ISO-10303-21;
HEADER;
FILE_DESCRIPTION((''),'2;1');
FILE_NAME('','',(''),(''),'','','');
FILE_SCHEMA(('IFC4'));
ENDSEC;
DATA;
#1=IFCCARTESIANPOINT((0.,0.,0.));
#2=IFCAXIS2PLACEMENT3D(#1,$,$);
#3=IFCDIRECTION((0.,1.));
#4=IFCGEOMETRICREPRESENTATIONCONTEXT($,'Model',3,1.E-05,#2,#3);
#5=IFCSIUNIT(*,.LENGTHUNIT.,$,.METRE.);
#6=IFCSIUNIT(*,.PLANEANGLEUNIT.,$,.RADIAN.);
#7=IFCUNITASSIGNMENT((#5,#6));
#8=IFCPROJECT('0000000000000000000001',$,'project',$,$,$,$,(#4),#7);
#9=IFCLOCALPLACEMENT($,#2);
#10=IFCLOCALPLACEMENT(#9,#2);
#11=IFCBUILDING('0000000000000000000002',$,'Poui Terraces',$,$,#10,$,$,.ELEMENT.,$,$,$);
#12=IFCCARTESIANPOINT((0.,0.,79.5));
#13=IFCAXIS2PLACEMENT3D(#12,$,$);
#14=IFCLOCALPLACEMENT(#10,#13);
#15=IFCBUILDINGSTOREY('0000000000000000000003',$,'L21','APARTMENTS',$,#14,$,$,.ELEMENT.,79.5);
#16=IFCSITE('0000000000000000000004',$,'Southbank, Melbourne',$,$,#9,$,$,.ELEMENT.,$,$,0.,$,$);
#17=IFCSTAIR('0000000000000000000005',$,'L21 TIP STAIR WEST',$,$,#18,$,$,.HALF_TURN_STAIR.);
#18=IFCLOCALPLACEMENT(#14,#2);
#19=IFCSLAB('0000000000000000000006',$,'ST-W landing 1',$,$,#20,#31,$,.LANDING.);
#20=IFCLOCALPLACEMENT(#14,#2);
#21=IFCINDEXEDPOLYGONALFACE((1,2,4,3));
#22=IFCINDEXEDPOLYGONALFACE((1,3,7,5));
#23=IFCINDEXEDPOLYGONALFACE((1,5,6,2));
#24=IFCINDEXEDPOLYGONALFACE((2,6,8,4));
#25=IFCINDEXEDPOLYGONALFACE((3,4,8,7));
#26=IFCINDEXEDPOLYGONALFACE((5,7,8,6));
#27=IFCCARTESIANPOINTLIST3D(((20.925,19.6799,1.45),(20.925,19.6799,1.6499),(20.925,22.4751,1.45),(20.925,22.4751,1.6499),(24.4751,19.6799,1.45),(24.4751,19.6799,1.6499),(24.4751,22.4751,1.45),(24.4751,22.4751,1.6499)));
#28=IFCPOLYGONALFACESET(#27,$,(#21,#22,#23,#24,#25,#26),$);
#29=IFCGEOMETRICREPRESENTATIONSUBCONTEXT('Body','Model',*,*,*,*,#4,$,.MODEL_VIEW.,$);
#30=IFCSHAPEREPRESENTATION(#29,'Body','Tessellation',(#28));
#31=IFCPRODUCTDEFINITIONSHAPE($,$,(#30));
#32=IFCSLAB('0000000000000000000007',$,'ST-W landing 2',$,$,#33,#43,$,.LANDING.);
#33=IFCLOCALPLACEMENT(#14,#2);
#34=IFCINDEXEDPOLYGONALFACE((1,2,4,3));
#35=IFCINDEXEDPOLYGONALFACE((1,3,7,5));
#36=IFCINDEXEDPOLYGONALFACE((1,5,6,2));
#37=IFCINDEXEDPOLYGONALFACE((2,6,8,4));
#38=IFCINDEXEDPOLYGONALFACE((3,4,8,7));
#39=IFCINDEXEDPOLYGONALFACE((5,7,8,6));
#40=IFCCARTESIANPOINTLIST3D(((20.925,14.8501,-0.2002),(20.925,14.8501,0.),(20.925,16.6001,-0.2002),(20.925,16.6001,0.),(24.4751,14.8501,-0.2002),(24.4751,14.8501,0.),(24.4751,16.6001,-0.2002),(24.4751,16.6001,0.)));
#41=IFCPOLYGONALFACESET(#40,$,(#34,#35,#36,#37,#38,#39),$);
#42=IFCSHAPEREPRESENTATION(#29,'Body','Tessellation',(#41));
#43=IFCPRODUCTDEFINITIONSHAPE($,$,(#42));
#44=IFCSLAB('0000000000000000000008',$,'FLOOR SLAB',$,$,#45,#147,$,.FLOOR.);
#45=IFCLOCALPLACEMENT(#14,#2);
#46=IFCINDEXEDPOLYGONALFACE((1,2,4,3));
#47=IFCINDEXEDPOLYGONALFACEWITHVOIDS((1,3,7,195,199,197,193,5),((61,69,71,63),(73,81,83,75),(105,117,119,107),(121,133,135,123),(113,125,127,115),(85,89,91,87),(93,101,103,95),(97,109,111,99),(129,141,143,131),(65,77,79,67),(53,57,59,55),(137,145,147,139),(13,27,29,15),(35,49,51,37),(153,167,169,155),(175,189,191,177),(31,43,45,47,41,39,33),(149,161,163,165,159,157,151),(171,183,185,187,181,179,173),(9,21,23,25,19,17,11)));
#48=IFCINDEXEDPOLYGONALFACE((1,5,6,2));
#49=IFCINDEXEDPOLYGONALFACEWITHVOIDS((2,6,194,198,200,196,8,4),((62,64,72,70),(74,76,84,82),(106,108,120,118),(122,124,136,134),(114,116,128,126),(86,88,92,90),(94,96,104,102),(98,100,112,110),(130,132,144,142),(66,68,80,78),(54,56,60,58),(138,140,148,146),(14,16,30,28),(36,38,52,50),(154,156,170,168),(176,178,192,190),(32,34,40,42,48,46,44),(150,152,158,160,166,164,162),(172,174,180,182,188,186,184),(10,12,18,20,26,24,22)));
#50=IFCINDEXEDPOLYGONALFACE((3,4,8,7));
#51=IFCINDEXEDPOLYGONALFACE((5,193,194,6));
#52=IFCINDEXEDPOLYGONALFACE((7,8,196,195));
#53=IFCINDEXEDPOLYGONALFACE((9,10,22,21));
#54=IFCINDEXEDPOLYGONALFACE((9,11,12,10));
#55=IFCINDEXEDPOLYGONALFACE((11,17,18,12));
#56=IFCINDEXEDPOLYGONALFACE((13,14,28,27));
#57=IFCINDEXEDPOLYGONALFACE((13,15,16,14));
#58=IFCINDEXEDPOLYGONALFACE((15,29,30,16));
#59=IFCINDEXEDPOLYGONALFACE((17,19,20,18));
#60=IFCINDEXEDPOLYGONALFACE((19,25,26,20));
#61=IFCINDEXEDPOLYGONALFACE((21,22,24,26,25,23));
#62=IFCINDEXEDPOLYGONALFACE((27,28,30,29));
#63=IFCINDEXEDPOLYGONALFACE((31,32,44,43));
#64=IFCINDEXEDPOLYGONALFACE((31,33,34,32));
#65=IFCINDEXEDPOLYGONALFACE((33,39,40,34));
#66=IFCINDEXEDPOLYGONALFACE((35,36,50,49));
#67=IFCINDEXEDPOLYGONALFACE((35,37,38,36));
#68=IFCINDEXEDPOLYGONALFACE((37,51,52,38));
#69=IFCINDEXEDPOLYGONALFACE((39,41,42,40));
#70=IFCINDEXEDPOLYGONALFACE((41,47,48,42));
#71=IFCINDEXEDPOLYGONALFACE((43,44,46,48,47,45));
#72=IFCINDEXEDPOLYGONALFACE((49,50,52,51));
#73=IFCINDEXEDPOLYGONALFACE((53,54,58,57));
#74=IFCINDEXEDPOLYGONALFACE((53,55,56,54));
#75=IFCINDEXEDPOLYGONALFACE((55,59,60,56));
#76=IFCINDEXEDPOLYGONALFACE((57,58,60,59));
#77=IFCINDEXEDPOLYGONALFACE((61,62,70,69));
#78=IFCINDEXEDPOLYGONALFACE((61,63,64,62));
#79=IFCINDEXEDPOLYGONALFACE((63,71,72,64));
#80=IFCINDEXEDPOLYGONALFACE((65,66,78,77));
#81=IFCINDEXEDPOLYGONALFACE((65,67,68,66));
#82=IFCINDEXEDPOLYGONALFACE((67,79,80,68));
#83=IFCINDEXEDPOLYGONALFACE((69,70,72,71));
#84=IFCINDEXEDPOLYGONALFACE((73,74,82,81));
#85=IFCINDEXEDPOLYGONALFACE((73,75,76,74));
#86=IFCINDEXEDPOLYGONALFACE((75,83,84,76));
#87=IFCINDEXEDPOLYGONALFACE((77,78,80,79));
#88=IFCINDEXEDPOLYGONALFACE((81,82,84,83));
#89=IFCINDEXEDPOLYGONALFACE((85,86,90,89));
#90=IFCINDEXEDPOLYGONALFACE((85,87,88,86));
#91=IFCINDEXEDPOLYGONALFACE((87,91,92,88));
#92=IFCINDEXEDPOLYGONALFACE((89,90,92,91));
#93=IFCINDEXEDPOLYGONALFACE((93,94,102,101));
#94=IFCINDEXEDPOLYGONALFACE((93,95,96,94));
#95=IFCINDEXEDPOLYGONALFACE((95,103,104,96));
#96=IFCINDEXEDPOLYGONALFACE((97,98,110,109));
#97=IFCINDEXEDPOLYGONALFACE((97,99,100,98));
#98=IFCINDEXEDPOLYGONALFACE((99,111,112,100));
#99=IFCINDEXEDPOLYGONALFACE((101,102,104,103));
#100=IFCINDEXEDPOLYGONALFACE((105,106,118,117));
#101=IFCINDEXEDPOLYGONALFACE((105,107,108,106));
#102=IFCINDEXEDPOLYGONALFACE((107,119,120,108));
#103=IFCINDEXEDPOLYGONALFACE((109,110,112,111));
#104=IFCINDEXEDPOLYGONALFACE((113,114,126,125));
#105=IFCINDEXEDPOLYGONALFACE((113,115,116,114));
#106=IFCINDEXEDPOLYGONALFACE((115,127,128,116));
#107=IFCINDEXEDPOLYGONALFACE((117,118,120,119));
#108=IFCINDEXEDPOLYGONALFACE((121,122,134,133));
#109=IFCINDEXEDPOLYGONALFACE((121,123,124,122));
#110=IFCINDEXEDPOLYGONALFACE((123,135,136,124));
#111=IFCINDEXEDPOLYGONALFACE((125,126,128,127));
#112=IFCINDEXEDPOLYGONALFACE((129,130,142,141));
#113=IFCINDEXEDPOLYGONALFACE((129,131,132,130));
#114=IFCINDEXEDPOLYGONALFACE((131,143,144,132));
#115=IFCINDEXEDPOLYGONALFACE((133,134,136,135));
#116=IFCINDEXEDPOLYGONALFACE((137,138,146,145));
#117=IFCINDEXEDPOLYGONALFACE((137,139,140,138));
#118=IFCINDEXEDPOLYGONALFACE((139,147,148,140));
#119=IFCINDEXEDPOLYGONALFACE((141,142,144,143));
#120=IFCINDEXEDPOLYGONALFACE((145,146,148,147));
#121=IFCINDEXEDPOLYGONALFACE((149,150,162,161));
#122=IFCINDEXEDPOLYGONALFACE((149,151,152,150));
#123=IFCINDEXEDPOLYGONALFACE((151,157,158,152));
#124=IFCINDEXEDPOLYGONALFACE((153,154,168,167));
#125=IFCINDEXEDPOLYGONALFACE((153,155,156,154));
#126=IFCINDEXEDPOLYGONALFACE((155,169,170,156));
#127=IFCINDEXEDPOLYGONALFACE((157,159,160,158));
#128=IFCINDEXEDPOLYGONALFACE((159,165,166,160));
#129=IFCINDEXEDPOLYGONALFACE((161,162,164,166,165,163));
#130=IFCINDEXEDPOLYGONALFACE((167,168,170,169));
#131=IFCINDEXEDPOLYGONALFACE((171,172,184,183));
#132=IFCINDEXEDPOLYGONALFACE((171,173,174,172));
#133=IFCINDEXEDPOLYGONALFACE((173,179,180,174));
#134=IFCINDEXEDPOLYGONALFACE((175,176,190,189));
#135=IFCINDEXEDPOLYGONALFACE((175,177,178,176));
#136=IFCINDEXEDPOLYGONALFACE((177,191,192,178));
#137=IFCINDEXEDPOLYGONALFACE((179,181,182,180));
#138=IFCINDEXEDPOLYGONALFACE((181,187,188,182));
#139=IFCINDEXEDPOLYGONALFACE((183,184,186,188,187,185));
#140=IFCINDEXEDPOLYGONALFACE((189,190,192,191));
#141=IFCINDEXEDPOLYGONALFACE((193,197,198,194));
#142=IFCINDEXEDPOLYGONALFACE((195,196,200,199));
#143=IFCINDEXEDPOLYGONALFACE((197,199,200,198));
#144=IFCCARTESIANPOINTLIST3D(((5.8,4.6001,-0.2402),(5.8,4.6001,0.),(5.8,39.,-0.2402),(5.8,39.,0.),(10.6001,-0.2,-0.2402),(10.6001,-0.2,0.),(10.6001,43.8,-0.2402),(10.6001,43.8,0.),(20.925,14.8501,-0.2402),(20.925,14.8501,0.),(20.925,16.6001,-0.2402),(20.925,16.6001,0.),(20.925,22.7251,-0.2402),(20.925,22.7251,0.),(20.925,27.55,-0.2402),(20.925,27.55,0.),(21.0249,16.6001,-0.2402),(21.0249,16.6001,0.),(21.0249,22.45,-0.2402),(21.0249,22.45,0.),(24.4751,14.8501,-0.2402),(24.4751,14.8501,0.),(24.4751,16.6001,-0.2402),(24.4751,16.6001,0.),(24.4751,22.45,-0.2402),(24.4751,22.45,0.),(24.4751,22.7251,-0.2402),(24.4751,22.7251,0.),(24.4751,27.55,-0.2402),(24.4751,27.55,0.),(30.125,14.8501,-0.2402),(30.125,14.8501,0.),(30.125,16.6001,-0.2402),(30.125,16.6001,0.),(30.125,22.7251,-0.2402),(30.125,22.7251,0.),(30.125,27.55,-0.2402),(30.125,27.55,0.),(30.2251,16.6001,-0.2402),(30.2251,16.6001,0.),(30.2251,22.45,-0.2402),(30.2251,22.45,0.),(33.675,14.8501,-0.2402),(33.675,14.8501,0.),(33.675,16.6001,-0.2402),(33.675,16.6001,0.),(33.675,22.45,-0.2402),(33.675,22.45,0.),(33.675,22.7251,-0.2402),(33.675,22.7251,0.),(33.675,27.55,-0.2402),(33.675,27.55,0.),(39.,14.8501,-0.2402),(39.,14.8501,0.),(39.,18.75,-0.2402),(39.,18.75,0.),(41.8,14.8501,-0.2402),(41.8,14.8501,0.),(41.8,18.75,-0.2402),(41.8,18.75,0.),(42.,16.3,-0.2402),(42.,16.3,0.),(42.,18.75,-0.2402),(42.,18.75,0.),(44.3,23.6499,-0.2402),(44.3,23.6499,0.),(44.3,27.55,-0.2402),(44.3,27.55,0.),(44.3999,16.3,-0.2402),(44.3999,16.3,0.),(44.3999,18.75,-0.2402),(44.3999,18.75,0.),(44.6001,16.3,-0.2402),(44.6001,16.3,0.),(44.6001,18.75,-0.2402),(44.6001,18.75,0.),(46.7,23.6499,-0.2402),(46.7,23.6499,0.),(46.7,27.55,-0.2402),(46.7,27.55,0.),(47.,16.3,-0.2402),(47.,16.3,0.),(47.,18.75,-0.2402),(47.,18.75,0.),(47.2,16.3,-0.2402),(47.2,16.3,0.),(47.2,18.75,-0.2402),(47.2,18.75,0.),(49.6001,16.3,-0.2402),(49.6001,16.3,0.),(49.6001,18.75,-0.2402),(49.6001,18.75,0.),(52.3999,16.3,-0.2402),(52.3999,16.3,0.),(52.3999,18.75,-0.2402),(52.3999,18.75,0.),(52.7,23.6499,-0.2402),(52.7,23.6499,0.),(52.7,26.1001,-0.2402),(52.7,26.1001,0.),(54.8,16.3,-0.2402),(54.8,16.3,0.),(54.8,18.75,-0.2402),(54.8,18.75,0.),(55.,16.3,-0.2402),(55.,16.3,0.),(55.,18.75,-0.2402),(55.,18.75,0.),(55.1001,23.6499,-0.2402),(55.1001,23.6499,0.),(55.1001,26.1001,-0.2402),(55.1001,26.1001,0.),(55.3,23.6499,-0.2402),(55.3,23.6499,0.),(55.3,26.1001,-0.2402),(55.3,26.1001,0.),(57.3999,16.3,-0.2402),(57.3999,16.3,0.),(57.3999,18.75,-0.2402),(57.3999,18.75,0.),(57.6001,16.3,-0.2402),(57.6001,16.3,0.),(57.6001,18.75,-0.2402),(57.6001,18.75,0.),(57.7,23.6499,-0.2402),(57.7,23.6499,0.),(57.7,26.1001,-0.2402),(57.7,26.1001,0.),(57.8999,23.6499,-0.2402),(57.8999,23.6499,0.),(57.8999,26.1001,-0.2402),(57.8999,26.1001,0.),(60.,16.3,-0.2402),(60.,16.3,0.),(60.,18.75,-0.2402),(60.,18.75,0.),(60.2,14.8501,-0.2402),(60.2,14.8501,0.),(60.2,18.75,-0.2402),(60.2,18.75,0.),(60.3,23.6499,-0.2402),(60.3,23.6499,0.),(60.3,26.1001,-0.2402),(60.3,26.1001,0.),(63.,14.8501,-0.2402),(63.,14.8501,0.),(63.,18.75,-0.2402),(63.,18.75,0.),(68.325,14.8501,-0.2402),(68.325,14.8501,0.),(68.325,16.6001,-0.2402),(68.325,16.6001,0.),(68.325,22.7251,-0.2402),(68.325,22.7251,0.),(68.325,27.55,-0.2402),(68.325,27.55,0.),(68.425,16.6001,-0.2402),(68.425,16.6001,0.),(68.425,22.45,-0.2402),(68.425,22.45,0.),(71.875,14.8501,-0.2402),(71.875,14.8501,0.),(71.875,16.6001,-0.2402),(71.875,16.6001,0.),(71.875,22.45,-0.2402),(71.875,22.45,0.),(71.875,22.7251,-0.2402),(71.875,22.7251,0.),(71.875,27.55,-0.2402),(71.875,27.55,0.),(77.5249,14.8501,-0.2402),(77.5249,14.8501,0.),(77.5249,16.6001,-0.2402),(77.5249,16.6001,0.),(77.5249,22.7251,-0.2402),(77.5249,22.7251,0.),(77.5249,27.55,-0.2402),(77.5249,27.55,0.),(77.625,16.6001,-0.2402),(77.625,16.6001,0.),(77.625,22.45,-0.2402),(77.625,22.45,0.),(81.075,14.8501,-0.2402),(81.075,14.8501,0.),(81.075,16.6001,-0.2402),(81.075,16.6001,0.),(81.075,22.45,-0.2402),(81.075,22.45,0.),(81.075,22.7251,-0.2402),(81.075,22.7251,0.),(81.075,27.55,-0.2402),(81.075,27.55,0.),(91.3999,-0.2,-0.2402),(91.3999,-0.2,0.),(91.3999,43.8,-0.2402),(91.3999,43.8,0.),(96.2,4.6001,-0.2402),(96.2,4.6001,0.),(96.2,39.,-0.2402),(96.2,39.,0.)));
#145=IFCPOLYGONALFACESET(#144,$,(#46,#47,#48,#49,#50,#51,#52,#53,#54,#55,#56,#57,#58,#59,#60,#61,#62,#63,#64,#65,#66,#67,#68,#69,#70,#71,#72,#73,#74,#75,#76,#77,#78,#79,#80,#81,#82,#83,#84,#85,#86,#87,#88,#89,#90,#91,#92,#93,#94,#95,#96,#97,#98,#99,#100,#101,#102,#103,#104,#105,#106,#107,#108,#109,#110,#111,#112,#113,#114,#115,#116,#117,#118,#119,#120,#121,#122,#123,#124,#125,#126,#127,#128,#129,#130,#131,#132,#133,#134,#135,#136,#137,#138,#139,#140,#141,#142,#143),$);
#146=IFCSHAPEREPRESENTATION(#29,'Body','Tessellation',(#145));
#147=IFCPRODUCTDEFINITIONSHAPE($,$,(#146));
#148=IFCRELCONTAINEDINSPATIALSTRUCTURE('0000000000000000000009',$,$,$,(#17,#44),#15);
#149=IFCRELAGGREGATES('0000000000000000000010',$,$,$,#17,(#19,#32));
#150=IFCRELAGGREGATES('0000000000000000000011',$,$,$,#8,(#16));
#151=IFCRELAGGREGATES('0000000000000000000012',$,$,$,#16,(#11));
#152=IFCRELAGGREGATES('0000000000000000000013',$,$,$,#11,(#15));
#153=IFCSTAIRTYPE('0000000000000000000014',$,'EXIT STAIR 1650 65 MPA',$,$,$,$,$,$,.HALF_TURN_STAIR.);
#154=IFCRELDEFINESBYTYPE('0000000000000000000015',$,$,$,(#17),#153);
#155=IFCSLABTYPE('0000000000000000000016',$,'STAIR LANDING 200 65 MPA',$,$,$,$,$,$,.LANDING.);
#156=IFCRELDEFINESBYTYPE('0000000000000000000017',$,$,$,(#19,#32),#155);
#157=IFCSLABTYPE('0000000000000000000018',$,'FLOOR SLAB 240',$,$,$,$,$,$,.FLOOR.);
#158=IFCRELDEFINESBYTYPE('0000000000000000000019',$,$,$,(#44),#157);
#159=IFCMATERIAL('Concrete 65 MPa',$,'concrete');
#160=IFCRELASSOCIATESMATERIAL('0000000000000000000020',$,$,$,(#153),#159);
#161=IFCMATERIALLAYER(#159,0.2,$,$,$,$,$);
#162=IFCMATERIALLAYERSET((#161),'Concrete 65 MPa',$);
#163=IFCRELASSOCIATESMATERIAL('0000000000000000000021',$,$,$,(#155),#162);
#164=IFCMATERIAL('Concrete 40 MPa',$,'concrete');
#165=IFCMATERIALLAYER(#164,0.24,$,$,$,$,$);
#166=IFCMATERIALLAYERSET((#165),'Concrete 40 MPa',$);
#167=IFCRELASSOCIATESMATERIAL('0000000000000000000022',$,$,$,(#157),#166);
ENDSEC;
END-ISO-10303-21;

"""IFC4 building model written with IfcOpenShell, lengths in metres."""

from ifc_helpers import new_model, si_unit, direction, frame, origin, place, context, subcontext, project, spatial, polyline, outline, extrude, source, transform, mapped, material, layer, layer_set, type_object, element, aggregate, save


model = new_model("IFC4")

# Units and contexts
model_context = context("Model", 3, precision=1e-05, world=origin(), true_north=direction((0.0, 1.0)))
body_context = subcontext(model_context, "Body", "Model", "MODEL_VIEW")
ifc_project = project(units=[si_unit("LENGTHUNIT", "METRE"), si_unit("PLANEANGLEUNIT", "RADIAN")], contexts=[model_context])

# Site, building, storey
site_placement = place(None, origin())
site = spatial("IfcSite", under=ifc_project, at=site_placement, Name="Southbank, Melbourne", CompositionType="ELEMENT", RefElevation=0.0)
building_placement = place(site_placement, origin())
building = spatial("IfcBuilding", under=site, at=building_placement, Name="Poui Terraces", CompositionType="ELEMENT")
storey_placement = place(building_placement, frame((0.0, 0.0, 79.5)))
storey = spatial("IfcBuildingStorey", under=building, at=storey_placement, Name="L21", Description="APARTMENTS", CompositionType="ELEMENT", Elevation=79.5)

# Stair, slabs
ifc_material_1 = material(Name="Concrete 65 MPa", Category="concrete")
stair_type = type_object("IfcStairType", Name="EXIT STAIR 1650 65 MPA", PredefinedType="HALF_TURN_STAIR", material=ifc_material_1)
stair_placement = place(storey_placement, origin())
stair = element("IfcStair", 1, at=stair_placement, inside=storey, type_object=stair_type, Name="L21 TIP STAIR WEST", PredefinedType="HALF_TURN_STAIR")
ifc_layer_1 = layer(ifc_material_1, 0.2)
ifc_layer_set_1 = layer_set([ifc_layer_1], Name="Concrete 65 MPa")
slab_type_1 = type_object("IfcSlabType", Name="STAIR LANDING 200 65 MPA", PredefinedType="LANDING", material=ifc_layer_set_1)
slab_1_placement = place(storey_placement, frame((0.0, 0.0, 1.45)))
slab_1 = element("IfcSlab", 2, at=slab_1_placement, type_object=slab_type_1, Name="ST-W landing 1", PredefinedType="LANDING", context=body_context, shape_type="SweptSolid", body=[
    extrude(outline(polyline([(20.925, 19.6799), (24.4751, 19.6799), (24.4751, 22.4751), (20.925, 22.4751), (20.925, 19.6799)])), origin(), (0.0, 0.0, 1.0), 0.2),
])
slab_2_placement = place(storey_placement, frame((0.0, 0.0, -0.2002)))
slab_2 = element("IfcSlab", 3, at=slab_2_placement, type_object=slab_type_1, Name="ST-W landing 2", PredefinedType="LANDING", context=body_context, shape_type="SweptSolid", body=[
    extrude(outline(polyline([(20.925, 14.8501), (24.4751, 14.8501), (24.4751, 16.6001), (20.925, 16.6001), (20.925, 14.8501)])), origin(), (0.0, 0.0, 1.0), 0.2002),
])
aggregate(stair, [slab_1, slab_2])

# Slab
ifc_material_2 = material(Name="Concrete 40 MPa", Category="concrete")
ifc_layer_2 = layer(ifc_material_2, 0.24)
ifc_layer_set_2 = layer_set([ifc_layer_2], Name="Concrete 40 MPa")
slab_type_2 = type_object("IfcSlabType", Name="FLOOR SLAB 240", PredefinedType="FLOOR", material=ifc_layer_set_2)
shared_shape = source(origin(), body_context, "Body", "SweptSolid", [
    extrude(outline(polyline([(0.0, 0.0), (4.8, -4.8), (85.5999, -4.8), (90.3999, 0.0), (90.3999, 34.3999), (85.5999, 39.2), (4.8, 39.2), (0.0, 34.3999), (0.0, 0.0)]), holes=[polyline([(33.2, 10.25), (33.2, 14.1499), (36.0, 14.1499), (36.0, 10.25), (33.2, 10.25)]), polyline([(36.2, 11.7), (36.2, 14.1499), (38.5999, 14.1499), (38.5999, 11.7), (36.2, 11.7)]), polyline([(38.8, 11.7), (38.8, 14.1499), (41.2, 14.1499), (41.2, 11.7), (38.8, 11.7)]), polyline([(41.3999, 14.1499), (43.8, 14.1499), (43.8, 11.7), (41.3999, 11.7), (41.3999, 14.1499)]), polyline([(46.5999, 14.1499), (49.0, 14.1499), (49.0, 11.7), (46.5999, 11.7), (46.5999, 14.1499)]), polyline([(15.2249, 17.8499), (18.675, 17.8499), (18.675, 12.0), (18.675, 10.25), (15.125, 10.25), (15.125, 12.0), (15.2249, 12.0), (15.2249, 17.8499)]), polyline([(24.425, 17.8499), (27.875, 17.8499), (27.875, 12.0), (27.875, 10.25), (24.325, 10.25), (24.325, 12.0), (24.425, 12.0), (24.425, 17.8499)]), polyline([(15.125, 18.125), (15.125, 22.95), (18.675, 22.95), (18.675, 18.125), (15.125, 18.125)]), polyline([(24.325, 22.95), (27.875, 22.95), (27.875, 18.125), (24.325, 18.125), (24.325, 22.95)]), polyline([(38.5, 22.95), (40.8999, 22.95), (40.8999, 19.0498), (38.5, 19.0498), (38.5, 22.95)]), polyline([(54.3999, 10.25), (54.3999, 14.1499), (57.2, 14.1499), (57.2, 10.25), (54.3999, 10.25)]), polyline([(49.2, 11.7), (49.2, 14.1499), (51.5999, 14.1499), (51.5999, 11.7), (49.2, 11.7)]), polyline([(51.8, 11.7), (51.8, 14.1499), (54.2, 14.1499), (54.2, 11.7), (51.8, 11.7)]), polyline([(66.075, 17.8499), (66.075, 12.0), (66.075, 10.25), (62.5249, 10.25), (62.5249, 12.0), (62.625, 12.0), (62.625, 17.8499), (66.075, 17.8499)]), polyline([(75.2749, 17.8499), (75.2749, 12.0), (75.2749, 10.25), (71.7249, 10.25), (71.7249, 12.0), (71.825, 12.0), (71.825, 17.8499), (75.2749, 17.8499)]), polyline([(46.8999, 19.0498), (46.8999, 21.5), (49.3, 21.5), (49.3, 19.0498), (46.8999, 19.0498)]), polyline([(49.5, 19.0498), (49.5, 21.5), (51.8999, 21.5), (51.8999, 19.0498), (49.5, 19.0498)]), polyline([(52.0999, 19.0498), (52.0999, 21.5), (54.5, 21.5), (54.5, 19.0498), (52.0999, 19.0498)]), polyline([(62.5249, 22.95), (66.075, 22.95), (66.075, 18.125), (62.5249, 18.125), (62.5249, 22.95)]), polyline([(71.7249, 22.95), (75.2749, 22.95), (75.2749, 18.125), (71.7249, 18.125), (71.7249, 22.95)])]), origin(), (0.0, 0.0, 1.0), 0.2402),
])
slab_3_placement = place(storey_placement, frame((5.8, 4.6001, -0.2402)))
element("IfcSlab", 4, at=slab_3_placement, inside=storey, type_object=slab_type_2, Name="FLOOR SLAB", PredefinedType="FLOOR", context=body_context, shape_type="MappedRepresentation", body=[
    mapped(shared_shape, transform((0.0, 0.0, 0.0))),
])

save(model, "model.ifc")
